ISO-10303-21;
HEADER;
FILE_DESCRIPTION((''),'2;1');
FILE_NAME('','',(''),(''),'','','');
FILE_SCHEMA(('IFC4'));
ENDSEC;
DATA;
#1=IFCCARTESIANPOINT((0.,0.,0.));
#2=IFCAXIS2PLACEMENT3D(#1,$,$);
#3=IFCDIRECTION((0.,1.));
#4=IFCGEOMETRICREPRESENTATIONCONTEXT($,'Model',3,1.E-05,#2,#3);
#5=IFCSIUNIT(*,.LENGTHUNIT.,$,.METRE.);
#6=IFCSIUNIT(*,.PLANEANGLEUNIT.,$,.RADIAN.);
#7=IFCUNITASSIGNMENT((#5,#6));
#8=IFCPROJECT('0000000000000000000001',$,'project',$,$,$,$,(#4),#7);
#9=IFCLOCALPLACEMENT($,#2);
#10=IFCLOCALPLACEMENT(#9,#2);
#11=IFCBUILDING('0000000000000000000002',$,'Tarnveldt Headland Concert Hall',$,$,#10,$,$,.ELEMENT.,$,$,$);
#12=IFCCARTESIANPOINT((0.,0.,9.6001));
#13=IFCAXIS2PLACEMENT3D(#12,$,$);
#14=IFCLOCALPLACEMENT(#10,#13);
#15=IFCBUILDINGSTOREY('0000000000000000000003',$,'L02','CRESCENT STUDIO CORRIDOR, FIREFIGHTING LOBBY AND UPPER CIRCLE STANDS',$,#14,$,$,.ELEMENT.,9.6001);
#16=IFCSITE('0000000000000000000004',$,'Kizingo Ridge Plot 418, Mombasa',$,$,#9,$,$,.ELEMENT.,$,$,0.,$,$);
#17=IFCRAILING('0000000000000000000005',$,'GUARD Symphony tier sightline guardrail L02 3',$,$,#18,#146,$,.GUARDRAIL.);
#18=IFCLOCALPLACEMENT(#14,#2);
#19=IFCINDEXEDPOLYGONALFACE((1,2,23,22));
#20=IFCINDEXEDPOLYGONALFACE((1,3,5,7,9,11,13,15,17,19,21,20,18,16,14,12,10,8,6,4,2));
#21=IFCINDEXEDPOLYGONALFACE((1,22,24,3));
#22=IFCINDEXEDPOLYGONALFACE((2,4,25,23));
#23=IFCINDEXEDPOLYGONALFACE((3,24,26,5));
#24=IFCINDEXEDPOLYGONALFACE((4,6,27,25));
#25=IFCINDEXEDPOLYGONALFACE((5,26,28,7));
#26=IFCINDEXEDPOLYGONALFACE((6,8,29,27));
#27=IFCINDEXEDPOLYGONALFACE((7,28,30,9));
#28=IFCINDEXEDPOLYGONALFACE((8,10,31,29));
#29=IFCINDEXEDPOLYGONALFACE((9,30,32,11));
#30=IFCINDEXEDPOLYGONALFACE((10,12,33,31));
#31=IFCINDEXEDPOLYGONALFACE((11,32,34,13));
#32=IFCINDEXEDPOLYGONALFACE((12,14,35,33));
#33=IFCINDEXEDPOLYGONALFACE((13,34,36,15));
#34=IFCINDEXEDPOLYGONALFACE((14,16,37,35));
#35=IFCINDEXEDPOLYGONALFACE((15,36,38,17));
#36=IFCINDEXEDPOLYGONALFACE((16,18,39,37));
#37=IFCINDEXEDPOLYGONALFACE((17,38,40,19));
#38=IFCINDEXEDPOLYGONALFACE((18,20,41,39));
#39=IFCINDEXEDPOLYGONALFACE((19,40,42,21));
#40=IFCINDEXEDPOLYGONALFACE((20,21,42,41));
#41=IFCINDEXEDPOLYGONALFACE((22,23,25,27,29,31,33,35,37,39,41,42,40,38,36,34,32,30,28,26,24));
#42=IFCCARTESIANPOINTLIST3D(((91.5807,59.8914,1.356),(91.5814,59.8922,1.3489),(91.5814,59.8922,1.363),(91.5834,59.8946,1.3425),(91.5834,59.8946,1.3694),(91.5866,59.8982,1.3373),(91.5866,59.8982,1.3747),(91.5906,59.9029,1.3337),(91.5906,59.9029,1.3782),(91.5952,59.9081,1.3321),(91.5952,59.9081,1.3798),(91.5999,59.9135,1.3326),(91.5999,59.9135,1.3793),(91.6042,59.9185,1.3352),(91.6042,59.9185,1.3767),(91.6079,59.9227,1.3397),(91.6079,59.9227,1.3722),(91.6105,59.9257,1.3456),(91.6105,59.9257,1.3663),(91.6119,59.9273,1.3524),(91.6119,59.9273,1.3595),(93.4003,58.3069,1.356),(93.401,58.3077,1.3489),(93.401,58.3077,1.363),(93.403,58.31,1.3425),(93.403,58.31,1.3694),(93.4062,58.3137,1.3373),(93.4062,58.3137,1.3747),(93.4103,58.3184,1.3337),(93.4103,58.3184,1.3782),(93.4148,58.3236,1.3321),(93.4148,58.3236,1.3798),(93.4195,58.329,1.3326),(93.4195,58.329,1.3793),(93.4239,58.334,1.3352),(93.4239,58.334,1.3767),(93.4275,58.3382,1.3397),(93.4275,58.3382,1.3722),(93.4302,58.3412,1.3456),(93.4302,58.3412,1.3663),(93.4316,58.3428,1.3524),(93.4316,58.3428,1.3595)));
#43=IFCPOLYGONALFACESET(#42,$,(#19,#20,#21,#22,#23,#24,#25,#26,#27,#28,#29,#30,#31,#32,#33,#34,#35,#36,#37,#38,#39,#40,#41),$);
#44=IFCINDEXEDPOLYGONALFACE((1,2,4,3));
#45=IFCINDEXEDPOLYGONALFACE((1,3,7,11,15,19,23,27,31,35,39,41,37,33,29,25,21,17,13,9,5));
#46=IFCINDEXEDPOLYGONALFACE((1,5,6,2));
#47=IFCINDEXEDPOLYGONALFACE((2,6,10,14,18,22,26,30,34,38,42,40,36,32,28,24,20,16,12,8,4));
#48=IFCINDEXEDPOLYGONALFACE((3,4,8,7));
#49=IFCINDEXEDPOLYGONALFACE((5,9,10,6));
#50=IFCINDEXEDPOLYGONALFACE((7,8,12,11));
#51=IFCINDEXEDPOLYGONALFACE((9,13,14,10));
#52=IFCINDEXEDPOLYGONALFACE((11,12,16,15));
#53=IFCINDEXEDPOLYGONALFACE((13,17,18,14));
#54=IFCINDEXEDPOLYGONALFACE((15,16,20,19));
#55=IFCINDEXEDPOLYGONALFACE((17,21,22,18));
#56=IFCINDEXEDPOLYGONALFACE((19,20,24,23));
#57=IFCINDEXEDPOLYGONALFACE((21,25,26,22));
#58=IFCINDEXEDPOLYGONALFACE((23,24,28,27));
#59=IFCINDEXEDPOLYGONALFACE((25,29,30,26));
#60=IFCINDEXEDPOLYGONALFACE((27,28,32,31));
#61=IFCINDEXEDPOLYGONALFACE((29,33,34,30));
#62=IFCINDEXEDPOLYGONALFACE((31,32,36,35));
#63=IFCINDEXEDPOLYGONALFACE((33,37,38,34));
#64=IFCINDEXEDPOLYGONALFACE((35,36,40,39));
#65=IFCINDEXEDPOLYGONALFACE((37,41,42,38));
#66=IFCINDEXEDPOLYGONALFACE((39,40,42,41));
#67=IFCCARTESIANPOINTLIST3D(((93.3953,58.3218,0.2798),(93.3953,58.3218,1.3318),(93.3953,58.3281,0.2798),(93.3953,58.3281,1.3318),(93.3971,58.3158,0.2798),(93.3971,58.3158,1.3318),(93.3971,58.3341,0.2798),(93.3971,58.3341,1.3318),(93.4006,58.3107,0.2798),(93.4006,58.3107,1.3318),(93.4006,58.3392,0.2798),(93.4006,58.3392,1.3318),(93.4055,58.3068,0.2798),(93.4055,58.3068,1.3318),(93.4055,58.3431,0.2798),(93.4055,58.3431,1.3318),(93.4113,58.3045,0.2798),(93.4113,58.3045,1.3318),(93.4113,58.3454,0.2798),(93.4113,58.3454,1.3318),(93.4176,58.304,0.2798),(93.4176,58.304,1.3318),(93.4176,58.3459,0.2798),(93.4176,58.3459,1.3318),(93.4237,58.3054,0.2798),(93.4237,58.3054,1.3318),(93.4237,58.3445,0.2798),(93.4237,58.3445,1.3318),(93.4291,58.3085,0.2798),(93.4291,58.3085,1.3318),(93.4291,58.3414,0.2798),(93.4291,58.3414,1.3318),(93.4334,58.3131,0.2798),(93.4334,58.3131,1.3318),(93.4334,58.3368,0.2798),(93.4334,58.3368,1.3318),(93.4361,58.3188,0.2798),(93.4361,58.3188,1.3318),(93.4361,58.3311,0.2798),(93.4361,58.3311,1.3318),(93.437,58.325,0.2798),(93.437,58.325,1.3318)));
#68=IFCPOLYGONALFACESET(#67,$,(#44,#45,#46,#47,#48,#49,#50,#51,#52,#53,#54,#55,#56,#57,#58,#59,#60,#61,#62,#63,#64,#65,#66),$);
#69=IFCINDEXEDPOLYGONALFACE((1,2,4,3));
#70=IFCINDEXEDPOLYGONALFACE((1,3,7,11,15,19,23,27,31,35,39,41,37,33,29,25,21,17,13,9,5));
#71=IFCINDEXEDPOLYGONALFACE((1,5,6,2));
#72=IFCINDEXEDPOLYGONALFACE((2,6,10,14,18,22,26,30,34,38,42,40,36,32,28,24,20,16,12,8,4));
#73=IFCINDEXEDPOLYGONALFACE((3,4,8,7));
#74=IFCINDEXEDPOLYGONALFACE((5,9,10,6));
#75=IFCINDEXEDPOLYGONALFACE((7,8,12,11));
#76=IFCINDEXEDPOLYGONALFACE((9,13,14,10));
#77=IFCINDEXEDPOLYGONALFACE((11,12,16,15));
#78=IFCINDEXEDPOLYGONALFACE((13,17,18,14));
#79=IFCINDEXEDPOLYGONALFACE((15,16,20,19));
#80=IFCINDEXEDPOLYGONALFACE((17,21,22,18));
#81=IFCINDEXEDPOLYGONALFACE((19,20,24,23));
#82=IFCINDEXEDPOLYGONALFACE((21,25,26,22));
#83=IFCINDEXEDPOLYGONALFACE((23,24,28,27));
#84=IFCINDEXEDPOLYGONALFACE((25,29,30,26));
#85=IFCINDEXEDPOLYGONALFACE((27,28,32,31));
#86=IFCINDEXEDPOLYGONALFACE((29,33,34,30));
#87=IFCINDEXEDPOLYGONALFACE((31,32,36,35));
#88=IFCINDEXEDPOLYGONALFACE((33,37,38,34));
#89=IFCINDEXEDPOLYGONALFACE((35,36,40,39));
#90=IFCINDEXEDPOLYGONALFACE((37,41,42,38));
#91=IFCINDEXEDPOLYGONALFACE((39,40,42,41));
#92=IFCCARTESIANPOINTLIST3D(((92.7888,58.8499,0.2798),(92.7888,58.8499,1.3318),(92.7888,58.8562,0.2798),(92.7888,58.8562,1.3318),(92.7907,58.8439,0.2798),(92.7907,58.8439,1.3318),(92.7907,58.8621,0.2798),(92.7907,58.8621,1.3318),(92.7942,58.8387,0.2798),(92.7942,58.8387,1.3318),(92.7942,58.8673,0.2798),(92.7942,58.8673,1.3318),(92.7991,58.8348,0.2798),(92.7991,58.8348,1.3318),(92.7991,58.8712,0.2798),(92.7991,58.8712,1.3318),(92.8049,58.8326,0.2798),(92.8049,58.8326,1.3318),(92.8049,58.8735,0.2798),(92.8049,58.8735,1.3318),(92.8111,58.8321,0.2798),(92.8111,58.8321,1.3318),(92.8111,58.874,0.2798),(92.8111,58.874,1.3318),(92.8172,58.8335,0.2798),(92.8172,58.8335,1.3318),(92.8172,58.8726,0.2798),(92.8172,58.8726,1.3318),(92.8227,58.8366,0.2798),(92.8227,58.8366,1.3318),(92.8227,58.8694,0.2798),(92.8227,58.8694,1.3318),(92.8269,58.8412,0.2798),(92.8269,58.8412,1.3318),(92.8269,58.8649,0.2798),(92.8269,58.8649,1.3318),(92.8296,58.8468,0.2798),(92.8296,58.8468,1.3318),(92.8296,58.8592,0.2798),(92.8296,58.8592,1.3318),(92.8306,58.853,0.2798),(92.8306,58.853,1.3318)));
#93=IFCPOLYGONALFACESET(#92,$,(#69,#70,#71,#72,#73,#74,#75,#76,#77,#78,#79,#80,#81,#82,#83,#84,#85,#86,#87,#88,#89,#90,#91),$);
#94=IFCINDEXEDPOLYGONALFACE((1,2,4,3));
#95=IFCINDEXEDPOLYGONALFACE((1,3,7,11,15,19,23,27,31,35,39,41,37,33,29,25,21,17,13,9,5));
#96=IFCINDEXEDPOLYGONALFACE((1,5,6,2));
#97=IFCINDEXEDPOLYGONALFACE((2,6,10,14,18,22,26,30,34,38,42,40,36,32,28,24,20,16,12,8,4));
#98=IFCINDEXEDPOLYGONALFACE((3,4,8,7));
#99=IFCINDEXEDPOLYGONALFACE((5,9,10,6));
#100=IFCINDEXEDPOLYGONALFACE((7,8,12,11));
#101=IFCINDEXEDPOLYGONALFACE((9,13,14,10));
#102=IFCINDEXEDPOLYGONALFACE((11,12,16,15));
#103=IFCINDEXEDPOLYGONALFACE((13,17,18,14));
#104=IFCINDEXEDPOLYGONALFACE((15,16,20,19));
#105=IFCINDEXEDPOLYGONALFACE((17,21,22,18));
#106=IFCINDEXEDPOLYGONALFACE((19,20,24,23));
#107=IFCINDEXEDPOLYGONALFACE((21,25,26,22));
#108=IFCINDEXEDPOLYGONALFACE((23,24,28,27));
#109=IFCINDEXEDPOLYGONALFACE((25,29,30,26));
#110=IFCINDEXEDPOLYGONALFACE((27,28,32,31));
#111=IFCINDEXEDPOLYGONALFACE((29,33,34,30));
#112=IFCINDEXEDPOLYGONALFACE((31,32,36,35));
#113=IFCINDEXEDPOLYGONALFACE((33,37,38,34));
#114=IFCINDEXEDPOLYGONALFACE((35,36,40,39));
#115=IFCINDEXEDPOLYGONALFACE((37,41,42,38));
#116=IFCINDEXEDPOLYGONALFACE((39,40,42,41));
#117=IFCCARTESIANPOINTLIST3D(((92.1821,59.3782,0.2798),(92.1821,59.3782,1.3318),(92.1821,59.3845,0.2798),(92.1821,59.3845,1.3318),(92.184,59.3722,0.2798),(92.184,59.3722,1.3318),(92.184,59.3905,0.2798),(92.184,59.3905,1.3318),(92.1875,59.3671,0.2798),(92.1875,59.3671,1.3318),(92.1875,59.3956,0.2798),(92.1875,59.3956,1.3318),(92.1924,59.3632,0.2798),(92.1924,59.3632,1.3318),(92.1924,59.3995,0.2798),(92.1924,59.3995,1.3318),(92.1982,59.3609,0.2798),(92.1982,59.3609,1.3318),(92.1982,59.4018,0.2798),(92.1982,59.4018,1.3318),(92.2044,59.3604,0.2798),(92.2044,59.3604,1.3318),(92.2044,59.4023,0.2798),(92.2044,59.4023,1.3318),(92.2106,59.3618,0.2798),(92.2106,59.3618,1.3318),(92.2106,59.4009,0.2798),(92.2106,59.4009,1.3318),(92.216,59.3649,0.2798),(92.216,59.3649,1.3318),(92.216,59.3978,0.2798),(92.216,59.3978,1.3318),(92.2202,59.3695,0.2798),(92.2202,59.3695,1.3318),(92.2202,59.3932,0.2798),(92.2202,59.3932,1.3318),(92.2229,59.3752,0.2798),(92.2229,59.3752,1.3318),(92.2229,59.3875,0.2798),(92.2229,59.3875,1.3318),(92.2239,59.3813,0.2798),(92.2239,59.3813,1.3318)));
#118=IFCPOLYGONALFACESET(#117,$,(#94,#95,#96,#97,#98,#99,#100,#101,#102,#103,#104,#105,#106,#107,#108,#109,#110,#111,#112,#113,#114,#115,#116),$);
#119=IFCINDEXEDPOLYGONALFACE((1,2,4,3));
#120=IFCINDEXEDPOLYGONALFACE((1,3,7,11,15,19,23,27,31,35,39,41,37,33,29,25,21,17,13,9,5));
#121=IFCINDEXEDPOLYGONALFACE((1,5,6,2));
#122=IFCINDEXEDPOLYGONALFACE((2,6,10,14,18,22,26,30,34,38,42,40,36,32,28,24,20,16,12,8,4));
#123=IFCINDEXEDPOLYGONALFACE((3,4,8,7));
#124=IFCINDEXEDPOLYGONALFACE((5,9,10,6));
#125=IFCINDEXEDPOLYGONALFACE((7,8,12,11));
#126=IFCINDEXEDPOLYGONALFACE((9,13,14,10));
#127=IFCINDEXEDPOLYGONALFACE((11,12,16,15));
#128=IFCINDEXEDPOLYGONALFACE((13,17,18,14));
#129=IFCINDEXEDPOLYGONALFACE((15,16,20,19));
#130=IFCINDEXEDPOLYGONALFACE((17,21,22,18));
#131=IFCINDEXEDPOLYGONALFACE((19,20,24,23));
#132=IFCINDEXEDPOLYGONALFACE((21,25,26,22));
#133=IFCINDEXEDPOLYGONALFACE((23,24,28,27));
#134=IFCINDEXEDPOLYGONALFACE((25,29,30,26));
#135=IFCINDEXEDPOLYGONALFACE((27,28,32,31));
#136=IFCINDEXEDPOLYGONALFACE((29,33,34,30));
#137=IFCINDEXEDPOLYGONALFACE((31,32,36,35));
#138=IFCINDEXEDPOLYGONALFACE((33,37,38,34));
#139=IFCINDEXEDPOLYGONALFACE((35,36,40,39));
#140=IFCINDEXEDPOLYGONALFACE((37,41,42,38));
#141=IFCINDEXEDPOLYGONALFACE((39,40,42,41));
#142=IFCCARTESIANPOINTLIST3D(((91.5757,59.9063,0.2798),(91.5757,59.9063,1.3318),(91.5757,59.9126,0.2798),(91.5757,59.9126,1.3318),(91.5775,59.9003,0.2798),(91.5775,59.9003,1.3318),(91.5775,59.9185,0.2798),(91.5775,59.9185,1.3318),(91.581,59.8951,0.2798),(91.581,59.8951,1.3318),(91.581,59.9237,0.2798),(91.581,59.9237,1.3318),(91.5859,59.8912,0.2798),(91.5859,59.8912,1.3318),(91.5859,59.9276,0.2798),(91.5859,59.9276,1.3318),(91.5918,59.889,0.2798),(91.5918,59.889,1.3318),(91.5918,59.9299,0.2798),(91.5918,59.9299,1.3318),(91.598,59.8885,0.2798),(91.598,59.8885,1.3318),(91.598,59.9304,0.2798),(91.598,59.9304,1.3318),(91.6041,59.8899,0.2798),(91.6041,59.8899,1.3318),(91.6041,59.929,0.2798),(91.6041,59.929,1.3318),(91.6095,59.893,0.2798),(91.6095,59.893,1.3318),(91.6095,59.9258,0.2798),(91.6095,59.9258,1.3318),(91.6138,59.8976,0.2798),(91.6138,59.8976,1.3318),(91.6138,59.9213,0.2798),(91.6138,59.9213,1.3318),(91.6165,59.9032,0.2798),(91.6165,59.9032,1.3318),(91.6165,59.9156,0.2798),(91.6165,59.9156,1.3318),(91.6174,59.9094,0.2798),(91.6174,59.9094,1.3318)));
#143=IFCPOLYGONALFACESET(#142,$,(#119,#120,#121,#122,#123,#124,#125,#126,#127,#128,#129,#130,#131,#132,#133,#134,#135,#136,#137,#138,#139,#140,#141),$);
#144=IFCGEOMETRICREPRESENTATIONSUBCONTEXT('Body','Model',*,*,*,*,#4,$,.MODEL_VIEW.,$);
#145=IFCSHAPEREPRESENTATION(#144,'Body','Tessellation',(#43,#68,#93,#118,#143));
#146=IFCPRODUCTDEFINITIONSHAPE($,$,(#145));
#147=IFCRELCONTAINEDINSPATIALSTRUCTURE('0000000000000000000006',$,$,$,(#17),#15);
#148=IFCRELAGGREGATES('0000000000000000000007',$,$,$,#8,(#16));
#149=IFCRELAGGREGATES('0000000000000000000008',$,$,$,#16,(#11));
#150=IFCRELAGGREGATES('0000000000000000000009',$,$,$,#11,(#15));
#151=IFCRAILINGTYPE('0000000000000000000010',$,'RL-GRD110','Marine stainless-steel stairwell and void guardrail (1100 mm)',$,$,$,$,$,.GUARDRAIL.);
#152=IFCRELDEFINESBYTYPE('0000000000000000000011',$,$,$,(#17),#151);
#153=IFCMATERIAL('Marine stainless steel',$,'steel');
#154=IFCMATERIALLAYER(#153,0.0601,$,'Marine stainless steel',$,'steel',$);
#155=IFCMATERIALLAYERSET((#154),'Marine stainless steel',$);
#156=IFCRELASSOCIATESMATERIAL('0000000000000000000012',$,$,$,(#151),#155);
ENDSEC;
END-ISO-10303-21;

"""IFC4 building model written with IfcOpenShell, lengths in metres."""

from ifc_helpers import new_model, si_unit, direction, frame, origin, origin_2d, place, context, subcontext, project, spatial, circle, extrude, material, layer, layer_set, type_object, element, save


model = new_model("IFC4")

# Units and contexts
model_context = context("Model", 3, precision=1e-05, world=origin(), true_north=direction((0.0, 1.0)))
body_context = subcontext(model_context, "Body", "Model", "MODEL_VIEW")
ifc_project = project(units=[si_unit("LENGTHUNIT", "METRE"), si_unit("PLANEANGLEUNIT", "RADIAN")], contexts=[model_context])

# Site, building, storey
site_placement = place(None, origin())
site = spatial("IfcSite", under=ifc_project, at=site_placement, Name="Kizingo Ridge Plot 418, Mombasa", CompositionType="ELEMENT", RefElevation=0.0)
building_placement = place(site_placement, origin())
building = spatial("IfcBuilding", under=site, at=building_placement, Name="Tarnveldt Headland Concert Hall", CompositionType="ELEMENT")
storey_placement = place(building_placement, frame((0.0, 0.0, 9.6001)))
storey = spatial("IfcBuildingStorey", under=building, at=storey_placement, Name="L02", Description="CRESCENT STUDIO CORRIDOR, FIREFIGHTING LOBBY AND UPPER CIRCLE STANDS", CompositionType="ELEMENT", Elevation=9.6001)

# Railing
ifc_material_1 = material(Name="Marine stainless steel", Category="steel")
ifc_layer_1 = layer(ifc_material_1, 0.0601, Name="Marine stainless steel", Category="steel")
ifc_layer_set_1 = layer_set([ifc_layer_1], Name="Marine stainless steel")
railing_type = type_object("IfcRailingType", Name="RL-GRD110", Description="Marine stainless-steel stairwell and void guardrail (1100 mm)", PredefinedType="GUARDRAIL", material=ifc_layer_set_1)
railing_1_placement = place(storey_placement, frame((93.416, 58.325, 0.2798)))
element("IfcRailing", 1, at=railing_1_placement, inside=storey, type_object=railing_type, Name="GUARD Symphony tier sightline guardrail L02 3", PredefinedType="GUARDRAIL", context=body_context, shape_type="SweptSolid", body=[
    extrude(circle(Radius=0.0239, at=origin_2d()), frame((0.0, 0.0, 1.0762), z_axis=(-0.754148, 0.656705, 0.0), x_axis=(-0.656705, -0.754148, 0.0)), (0.0, 0.0, 1.0), 2.4128),
    extrude(circle(Radius=0.021, at=origin_2d()), origin(), (0.0, 0.0, 1.0), 1.052),
    extrude(circle(Radius=0.021, at=origin_2d()), frame((-0.6064, 0.5281, 0.0)), (0.0, 0.0, 1.0), 1.052),
    extrude(circle(Radius=0.021, at=origin_2d()), frame((-1.2131, 1.0564, 0.0)), (0.0, 0.0, 1.0), 1.052),
    extrude(circle(Radius=0.021, at=origin_2d()), frame((-1.8196, 1.5845, 0.0)), (0.0, 0.0, 1.0), 1.052),
])

save(model, "model.ifc")
